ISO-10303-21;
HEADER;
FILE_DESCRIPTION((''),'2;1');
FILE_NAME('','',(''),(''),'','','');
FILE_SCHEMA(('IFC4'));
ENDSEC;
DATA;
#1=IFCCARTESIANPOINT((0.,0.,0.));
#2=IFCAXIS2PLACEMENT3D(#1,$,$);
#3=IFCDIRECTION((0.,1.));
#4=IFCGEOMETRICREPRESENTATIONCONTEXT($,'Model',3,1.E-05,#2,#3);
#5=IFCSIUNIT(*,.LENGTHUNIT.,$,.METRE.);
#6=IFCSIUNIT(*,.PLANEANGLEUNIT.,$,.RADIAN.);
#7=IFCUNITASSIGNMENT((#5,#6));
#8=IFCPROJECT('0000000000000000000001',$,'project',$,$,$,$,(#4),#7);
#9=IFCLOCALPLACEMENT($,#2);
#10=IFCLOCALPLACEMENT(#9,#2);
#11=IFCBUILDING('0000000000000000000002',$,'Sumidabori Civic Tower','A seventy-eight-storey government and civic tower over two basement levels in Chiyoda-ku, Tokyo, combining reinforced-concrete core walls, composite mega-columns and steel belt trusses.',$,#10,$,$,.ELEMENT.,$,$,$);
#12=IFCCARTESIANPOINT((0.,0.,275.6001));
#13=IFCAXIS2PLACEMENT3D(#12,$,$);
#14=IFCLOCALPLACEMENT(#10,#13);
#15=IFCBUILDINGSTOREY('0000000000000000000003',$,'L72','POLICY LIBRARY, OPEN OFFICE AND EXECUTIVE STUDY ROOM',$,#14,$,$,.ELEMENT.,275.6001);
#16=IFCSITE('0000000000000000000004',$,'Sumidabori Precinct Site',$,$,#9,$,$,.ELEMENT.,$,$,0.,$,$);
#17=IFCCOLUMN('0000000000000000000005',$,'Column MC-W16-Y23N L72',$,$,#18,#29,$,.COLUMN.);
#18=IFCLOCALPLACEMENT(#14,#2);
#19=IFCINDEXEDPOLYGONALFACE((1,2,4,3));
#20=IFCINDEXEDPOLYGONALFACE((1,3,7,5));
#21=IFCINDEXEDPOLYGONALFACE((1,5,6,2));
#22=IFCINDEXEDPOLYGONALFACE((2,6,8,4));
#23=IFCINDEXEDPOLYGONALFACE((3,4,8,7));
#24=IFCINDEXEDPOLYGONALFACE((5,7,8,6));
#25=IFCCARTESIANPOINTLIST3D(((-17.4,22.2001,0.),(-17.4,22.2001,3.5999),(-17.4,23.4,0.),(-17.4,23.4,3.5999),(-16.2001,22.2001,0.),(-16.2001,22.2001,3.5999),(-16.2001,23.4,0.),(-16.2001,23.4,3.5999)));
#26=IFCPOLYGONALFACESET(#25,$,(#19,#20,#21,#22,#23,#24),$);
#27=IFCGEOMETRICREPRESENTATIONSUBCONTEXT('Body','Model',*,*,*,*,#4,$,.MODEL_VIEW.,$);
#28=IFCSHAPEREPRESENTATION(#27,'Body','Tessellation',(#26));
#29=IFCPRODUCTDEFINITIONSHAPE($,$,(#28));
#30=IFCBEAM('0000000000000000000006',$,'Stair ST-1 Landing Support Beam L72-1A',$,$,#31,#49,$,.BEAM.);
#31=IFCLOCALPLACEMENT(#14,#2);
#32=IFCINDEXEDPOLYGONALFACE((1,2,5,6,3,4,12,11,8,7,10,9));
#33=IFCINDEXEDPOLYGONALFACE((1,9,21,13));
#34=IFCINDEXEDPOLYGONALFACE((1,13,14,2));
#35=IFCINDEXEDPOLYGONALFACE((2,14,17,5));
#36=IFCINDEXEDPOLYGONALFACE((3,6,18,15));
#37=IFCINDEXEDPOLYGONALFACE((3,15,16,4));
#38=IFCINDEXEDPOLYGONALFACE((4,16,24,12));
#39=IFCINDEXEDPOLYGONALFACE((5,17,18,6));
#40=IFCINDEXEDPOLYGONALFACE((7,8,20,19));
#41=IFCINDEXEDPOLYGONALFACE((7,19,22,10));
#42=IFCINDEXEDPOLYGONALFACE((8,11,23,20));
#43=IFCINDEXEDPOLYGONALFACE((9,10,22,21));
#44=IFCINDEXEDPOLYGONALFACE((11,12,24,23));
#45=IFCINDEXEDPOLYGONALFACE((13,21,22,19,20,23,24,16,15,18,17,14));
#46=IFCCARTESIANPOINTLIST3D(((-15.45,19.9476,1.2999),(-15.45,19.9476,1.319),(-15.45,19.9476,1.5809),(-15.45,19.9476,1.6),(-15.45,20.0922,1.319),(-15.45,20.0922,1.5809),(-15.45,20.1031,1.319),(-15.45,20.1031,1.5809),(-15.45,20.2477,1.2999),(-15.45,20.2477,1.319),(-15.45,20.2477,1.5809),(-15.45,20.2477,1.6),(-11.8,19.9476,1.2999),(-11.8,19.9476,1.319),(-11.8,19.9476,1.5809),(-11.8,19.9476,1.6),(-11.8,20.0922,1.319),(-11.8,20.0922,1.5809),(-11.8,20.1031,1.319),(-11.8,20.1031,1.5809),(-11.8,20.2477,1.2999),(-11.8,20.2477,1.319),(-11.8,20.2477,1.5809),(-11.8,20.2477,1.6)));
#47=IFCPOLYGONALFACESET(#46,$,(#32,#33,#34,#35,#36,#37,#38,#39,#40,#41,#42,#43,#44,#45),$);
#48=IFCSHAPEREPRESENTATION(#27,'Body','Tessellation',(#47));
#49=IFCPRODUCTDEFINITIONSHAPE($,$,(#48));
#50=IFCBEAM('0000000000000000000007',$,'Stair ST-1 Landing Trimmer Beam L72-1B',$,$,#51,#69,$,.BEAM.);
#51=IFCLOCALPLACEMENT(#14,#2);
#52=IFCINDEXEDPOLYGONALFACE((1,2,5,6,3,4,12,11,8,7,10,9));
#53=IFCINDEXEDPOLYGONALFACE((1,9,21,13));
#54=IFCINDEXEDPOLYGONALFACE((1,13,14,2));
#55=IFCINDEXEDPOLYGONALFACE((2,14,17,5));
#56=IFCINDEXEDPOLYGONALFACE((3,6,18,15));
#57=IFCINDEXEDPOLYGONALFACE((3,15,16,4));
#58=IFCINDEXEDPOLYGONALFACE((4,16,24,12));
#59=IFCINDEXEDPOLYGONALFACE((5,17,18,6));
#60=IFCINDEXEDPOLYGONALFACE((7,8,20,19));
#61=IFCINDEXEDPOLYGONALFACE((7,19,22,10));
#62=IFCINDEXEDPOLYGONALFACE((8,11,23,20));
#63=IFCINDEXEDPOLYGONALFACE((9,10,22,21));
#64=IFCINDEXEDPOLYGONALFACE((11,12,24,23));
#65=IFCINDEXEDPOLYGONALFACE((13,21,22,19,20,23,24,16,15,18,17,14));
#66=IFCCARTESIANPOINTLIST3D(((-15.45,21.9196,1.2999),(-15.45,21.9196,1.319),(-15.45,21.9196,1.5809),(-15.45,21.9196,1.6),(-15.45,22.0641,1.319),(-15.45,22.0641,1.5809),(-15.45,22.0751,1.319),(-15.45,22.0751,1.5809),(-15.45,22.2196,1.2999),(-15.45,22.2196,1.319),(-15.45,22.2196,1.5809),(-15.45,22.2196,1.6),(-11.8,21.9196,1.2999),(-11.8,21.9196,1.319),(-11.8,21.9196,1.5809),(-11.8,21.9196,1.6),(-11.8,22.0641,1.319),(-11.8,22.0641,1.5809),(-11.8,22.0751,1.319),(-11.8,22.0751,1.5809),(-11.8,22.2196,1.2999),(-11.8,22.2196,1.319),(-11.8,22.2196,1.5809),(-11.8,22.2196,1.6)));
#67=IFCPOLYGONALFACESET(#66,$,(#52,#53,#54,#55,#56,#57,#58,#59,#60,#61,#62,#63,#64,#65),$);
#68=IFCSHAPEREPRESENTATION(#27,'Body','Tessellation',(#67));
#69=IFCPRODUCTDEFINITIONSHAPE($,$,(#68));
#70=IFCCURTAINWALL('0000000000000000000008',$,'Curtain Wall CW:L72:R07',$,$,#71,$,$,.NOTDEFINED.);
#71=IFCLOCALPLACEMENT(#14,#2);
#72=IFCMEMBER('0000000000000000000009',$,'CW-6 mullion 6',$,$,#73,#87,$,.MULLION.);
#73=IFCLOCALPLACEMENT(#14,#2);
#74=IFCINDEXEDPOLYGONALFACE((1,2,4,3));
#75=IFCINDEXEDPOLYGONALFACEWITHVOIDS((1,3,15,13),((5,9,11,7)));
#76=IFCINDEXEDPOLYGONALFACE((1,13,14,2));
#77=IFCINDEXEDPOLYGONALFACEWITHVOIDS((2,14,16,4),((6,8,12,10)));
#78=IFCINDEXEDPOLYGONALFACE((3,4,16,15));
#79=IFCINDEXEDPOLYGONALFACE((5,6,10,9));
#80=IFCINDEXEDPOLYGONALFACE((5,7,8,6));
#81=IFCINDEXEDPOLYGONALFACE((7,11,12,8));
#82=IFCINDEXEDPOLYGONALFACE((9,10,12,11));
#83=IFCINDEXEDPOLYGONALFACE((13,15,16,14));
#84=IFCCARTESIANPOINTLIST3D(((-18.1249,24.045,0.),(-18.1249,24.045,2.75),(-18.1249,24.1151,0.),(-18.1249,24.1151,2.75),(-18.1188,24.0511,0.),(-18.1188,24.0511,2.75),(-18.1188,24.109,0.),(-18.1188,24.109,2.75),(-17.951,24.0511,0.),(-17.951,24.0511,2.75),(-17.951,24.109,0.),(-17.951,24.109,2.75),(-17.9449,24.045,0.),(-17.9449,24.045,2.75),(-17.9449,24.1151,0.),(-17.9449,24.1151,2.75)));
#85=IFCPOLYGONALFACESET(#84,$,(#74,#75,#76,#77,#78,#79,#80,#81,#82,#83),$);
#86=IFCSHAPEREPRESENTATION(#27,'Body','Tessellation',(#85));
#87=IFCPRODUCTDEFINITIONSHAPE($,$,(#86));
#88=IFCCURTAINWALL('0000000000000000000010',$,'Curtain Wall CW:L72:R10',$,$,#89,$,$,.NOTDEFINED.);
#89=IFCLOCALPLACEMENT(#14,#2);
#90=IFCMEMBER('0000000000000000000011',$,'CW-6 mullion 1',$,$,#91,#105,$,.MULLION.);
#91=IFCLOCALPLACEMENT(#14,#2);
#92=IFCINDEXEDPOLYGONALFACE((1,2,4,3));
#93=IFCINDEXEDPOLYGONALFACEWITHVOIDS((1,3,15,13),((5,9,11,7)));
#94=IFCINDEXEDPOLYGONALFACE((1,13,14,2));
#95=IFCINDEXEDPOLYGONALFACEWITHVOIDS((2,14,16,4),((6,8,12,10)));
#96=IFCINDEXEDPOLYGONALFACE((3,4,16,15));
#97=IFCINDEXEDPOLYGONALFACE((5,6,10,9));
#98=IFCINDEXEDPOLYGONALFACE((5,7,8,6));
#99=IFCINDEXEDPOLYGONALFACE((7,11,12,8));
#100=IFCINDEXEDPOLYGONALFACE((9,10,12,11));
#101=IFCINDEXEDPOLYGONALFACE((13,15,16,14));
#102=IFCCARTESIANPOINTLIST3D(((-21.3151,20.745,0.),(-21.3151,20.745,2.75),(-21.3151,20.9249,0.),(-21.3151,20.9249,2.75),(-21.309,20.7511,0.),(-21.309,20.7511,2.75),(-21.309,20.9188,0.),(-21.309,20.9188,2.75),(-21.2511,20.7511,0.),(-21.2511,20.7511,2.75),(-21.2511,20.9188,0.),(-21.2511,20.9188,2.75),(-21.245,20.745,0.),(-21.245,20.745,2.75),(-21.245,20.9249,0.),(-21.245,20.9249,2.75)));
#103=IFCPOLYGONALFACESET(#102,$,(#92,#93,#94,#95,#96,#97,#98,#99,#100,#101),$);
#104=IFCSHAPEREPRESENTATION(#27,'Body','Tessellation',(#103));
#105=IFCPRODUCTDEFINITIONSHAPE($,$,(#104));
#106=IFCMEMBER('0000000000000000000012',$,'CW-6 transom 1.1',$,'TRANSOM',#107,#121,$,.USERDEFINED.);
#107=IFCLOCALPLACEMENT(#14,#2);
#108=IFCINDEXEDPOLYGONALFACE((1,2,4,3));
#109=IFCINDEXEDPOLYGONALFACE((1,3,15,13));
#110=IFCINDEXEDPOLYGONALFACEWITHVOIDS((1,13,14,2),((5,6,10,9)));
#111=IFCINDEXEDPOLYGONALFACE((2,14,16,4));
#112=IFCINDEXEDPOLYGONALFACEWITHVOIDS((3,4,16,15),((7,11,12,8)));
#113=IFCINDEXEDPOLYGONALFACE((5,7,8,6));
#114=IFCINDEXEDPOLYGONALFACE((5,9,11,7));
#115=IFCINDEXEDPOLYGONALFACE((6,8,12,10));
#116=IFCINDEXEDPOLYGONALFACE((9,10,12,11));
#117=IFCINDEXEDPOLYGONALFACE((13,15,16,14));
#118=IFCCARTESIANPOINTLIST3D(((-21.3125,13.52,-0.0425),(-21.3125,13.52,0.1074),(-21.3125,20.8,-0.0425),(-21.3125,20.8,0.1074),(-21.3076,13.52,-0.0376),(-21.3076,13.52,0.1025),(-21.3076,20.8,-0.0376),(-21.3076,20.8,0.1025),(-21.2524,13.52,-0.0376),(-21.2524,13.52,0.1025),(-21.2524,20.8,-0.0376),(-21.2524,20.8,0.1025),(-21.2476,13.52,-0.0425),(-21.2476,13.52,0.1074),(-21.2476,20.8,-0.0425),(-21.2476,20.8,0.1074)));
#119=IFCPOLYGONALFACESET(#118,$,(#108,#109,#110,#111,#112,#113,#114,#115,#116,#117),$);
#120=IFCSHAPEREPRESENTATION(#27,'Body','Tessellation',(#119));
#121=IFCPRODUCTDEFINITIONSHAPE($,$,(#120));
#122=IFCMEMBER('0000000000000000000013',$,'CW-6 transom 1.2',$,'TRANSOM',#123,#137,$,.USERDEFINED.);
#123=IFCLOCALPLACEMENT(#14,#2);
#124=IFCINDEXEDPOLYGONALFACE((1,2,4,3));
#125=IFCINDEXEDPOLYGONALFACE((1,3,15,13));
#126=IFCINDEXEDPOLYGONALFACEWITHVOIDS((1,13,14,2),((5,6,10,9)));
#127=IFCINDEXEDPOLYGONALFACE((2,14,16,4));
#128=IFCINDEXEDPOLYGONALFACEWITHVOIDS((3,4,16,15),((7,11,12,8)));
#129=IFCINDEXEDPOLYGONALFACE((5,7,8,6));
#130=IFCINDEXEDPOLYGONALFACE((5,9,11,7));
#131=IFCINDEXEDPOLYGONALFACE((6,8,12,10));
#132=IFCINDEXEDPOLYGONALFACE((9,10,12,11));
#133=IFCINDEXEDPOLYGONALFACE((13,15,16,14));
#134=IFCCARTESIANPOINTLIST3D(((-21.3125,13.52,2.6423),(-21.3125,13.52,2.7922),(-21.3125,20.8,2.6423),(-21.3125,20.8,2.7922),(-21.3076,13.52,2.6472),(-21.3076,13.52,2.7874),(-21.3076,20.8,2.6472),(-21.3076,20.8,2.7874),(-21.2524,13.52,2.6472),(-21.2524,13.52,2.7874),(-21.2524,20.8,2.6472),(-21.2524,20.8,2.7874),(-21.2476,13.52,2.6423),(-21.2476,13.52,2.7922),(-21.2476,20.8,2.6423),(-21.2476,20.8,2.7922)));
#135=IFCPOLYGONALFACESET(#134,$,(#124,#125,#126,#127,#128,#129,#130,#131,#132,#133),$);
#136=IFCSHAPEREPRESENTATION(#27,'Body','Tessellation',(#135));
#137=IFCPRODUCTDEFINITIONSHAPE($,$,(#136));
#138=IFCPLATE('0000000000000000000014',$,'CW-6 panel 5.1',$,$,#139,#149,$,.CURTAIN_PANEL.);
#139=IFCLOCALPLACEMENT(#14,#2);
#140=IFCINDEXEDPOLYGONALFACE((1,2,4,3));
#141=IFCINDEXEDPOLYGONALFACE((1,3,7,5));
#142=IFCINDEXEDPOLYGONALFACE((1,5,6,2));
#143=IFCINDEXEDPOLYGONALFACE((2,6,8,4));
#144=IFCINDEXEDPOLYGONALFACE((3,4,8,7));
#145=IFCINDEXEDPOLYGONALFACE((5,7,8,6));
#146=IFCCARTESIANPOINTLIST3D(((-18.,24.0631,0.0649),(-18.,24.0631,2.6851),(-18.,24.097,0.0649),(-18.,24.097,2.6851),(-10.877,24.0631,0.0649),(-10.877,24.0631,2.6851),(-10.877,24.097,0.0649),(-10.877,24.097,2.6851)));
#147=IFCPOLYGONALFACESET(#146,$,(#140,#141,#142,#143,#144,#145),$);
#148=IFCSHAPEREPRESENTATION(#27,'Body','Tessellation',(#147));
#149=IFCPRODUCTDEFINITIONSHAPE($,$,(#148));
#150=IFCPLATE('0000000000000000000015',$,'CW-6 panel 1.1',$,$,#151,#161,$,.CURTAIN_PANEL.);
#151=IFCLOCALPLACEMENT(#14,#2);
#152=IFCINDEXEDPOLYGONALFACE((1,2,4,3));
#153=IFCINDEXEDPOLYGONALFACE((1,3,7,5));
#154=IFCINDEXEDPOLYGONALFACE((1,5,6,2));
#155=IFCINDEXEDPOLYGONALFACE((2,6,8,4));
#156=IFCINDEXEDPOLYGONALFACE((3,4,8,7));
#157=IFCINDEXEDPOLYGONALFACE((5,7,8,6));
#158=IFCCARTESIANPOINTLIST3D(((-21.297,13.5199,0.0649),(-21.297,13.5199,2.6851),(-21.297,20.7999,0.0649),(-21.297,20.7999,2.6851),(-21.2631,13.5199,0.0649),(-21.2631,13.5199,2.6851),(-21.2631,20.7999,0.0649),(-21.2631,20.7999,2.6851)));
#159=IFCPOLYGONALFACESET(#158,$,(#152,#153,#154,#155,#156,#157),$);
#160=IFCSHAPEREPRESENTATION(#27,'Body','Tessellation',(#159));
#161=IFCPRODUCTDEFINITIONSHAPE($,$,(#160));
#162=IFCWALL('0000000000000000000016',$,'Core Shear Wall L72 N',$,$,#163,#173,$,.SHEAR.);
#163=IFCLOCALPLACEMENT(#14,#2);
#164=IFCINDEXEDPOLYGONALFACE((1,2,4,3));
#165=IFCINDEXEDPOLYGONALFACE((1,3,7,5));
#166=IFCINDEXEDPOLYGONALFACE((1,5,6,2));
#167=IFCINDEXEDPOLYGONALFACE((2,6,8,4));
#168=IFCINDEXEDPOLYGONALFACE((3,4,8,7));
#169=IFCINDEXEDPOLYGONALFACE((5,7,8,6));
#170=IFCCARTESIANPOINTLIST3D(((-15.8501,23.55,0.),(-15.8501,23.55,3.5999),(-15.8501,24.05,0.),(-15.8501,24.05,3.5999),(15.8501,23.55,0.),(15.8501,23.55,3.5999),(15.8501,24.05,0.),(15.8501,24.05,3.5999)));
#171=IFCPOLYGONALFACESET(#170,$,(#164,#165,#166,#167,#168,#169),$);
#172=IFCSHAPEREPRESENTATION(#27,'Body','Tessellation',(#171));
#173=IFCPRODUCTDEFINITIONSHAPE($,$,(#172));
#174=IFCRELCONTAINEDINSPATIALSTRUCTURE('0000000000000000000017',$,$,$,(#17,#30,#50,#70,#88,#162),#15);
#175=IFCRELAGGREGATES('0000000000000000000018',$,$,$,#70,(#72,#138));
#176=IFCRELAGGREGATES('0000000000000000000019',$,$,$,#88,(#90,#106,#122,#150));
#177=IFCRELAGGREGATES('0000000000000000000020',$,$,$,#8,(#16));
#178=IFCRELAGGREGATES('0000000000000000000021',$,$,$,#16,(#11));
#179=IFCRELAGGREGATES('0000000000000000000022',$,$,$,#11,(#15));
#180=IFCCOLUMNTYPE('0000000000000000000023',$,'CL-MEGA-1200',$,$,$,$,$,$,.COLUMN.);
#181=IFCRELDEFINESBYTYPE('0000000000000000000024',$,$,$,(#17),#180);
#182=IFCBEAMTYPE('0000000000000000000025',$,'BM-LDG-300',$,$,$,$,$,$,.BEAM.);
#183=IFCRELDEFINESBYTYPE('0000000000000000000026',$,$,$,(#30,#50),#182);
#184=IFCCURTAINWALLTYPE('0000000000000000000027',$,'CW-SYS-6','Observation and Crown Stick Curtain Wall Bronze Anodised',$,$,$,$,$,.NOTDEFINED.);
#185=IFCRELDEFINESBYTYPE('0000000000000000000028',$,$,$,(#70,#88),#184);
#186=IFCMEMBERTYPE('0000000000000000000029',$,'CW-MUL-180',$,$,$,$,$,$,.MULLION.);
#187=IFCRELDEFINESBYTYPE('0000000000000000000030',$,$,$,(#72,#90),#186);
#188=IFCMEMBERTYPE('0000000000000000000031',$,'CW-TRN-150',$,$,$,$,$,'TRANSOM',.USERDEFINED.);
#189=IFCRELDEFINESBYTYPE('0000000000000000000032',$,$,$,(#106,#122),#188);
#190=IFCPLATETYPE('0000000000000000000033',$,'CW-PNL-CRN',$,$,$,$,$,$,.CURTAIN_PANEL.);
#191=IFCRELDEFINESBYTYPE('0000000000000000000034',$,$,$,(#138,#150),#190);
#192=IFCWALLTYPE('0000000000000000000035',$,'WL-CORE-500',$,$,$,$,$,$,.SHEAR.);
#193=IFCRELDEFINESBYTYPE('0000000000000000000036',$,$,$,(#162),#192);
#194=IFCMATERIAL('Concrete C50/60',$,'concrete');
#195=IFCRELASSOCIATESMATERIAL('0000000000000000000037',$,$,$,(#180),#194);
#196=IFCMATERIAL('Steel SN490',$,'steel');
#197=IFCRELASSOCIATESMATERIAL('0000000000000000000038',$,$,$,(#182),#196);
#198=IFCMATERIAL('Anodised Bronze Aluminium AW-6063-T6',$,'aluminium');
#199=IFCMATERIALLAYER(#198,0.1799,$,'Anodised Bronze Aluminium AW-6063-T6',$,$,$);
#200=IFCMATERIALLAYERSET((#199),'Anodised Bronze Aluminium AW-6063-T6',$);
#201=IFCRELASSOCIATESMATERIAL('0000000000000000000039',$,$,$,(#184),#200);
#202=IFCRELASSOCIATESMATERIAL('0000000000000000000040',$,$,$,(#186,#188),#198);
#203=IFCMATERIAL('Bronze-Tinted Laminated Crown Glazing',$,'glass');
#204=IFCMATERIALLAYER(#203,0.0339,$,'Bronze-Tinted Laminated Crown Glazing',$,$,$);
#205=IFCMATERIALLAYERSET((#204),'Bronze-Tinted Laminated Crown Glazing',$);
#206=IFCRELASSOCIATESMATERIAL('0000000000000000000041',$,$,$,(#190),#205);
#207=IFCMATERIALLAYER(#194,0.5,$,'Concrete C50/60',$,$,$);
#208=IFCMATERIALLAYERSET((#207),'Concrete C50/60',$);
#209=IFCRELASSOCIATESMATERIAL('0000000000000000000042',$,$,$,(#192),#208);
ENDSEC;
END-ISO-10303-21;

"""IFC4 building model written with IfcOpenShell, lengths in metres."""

from ifc_helpers import new_model, si_unit, direction, frame, frame_2d, origin, origin_2d, place, context, subcontext, project, spatial, rectangle, hollow_rectangle, i_section, extrude, source, transform, mapped, material, layer, layer_set, material_profile, profile_set, type_object, element, aggregate, save


model = new_model("IFC4")

# Units and contexts
model_context = context("Model", 3, precision=1e-05, world=origin(), true_north=direction((0.0, 1.0)))
body_context = subcontext(model_context, "Body", "Model", "MODEL_VIEW")
ifc_project = project(units=[si_unit("LENGTHUNIT", "METRE"), si_unit("PLANEANGLEUNIT", "RADIAN")], contexts=[model_context])

# Site, building, storey
site_placement = place(None, origin())
site = spatial("IfcSite", under=ifc_project, at=site_placement, Name="Sumidabori Precinct Site", CompositionType="ELEMENT", RefElevation=0.0)
building_placement = place(site_placement, origin())
building = spatial("IfcBuilding", under=site, at=building_placement, Name="Sumidabori Civic Tower", Description="A seventy-eight-storey government and civic tower over two basement levels in Chiyoda-ku, Tokyo, combining reinforced-concrete core walls, composite mega-columns and steel belt trusses.", CompositionType="ELEMENT")
storey_placement = place(building_placement, frame((0.0, 0.0, 275.6001)))
storey = spatial("IfcBuildingStorey", under=building, at=storey_placement, Name="L72", Description="POLICY LIBRARY, OPEN OFFICE AND EXECUTIVE STUDY ROOM", CompositionType="ELEMENT", Elevation=275.6001)

# Column
ifc_material_1 = material(Name="Concrete C50/60", Category="concrete")
ifc_material_profile_1 = material_profile(ifc_material_1, rectangle(XDim=1.2, YDim=1.2, at=origin_2d()), Name="RC 1200x1200")
ifc_profile_set_1 = profile_set([ifc_material_profile_1], Name="Concrete C50/60")
column_type = type_object("IfcColumnType", Name="CL-MEGA-1200", PredefinedType="COLUMN", material=ifc_profile_set_1)
shared_shape_1 = source(origin(), body_context, "Body", "SweptSolid", [
    extrude(rectangle(XDim=1.2, YDim=1.2, at=origin_2d()), origin(), (0.0, 0.0, 1.0), 3.5999),
])
column_placement = place(storey_placement, frame((-16.8, 22.8, 0.0), z_axis=(0.0, 0.0, 1.0), x_axis=(1.0, 0.0, 0.0)))
element("IfcColumn", 1, at=column_placement, inside=storey, type_object=column_type, Name="Column MC-W16-Y23N L72", PredefinedType="COLUMN", context=body_context, shape_type="MappedRepresentation", body=[
    mapped(shared_shape_1, transform((0.0, 0.0, 0.0), x_axis=(1.0, 0.0, 0.0), y_axis=(0.0, 1.0, 0.0), z_axis=(0.0, 0.0, 1.0), scale=1.0)),
])

# Beams
ifc_material_2 = material(Name="Steel SN490", Category="steel")
ifc_material_profile_2 = material_profile(ifc_material_2, i_section(OverallWidth=0.3, OverallDepth=0.3, WebThickness=0.011, FlangeThickness=0.019, at=origin_2d()), Name="HE 300 B")
ifc_profile_set_2 = profile_set([ifc_material_profile_2], Name="Steel SN490")
beam_type = type_object("IfcBeamType", Name="BM-LDG-300", PredefinedType="BEAM", material=ifc_profile_set_2)
shared_shape_2 = source(origin(), body_context, "Body", "SweptSolid", [
    extrude(i_section(OverallWidth=0.3, OverallDepth=0.3, WebThickness=0.011, FlangeThickness=0.019, at=origin_2d()), origin(), (0.0, 0.0, 1.0), 3.6499),
])
for number, where, z_axis, x_axis, name in (
    (2, (-15.45, 20.0977, 1.45), (1.0, 0.0, 0.0), (0.0, 1.0, 0.0), "Stair ST-1 Landing Support Beam L72-1A"),
    (3, (-15.45, 22.0696, 1.45), (1.0, 0.0, 0.0), (0.0, 1.0, 0.0), "Stair ST-1 Landing Trimmer Beam L72-1B"),
):
    element("IfcBeam", number, at=place(storey_placement, frame(where, z_axis=z_axis, x_axis=x_axis)), inside=storey, type_object=beam_type, Name=name, PredefinedType="BEAM", context=body_context, shape_type="MappedRepresentation", body=[
        mapped(shared_shape_2, transform((0.0, 0.0, 0.0), x_axis=(1.0, 0.0, 0.0), y_axis=(0.0, 1.0, 0.0), z_axis=(0.0, 0.0, 1.0), scale=1.0)),
    ])

# Curtain wall, member
ifc_material_3 = material(Name="Anodised Bronze Aluminium AW-6063-T6", Category="aluminium")
ifc_layer_1 = layer(ifc_material_3, 0.1799, Name="Anodised Bronze Aluminium AW-6063-T6")
ifc_layer_set_1 = layer_set([ifc_layer_1], Name="Anodised Bronze Aluminium AW-6063-T6")
curtain_wall_type = type_object("IfcCurtainWallType", Name="CW-SYS-6", Description="Observation and Crown Stick Curtain Wall Bronze Anodised", PredefinedType="NOTDEFINED", material=ifc_layer_set_1)
curtain_wall_1_placement = place(storey_placement, origin())
curtain_wall_1 = element("IfcCurtainWall", 4, at=curtain_wall_1_placement, inside=storey, type_object=curtain_wall_type, Name="Curtain Wall CW:L72:R07", PredefinedType="NOTDEFINED")
ifc_material_profile_3 = material_profile(ifc_material_3, hollow_rectangle(XDim=0.0701, YDim=0.1799, WallThickness=0.0061, at=origin_2d()), Name="ALU MULLION 180x70")
ifc_profile_set_3 = profile_set([ifc_material_profile_3], Name="Anodised Bronze Aluminium AW-6063-T6")
member_type_1 = type_object("IfcMemberType", Name="CW-MUL-180", PredefinedType="MULLION", material=ifc_profile_set_3)
shared_shape_3 = source(origin(), body_context, "Body", "SweptSolid", [
    extrude(hollow_rectangle(XDim=0.0701, YDim=0.1799, WallThickness=0.0061, at=origin_2d()), origin(), (0.0, 0.0, 1.0), 2.75),
])
member_1_placement = place(storey_placement, frame((-18.0349, 24.0801, 0.0), z_axis=(0.0, 0.0, 1.0), x_axis=(0.0, -1.0, 0.0)))
member_1 = element("IfcMember", 5, at=member_1_placement, type_object=member_type_1, Name="CW-6 mullion 6", PredefinedType="MULLION", context=body_context, shape_type="MappedRepresentation", body=[
    mapped(shared_shape_3, transform((0.0, 0.0, 0.0), x_axis=(1.0, 0.0, 0.0), y_axis=(0.0, 1.0, 0.0), z_axis=(0.0, 0.0, 1.0), scale=1.0)),
])

# Curtain wall, members
curtain_wall_2_placement = place(storey_placement, origin())
curtain_wall_2 = element("IfcCurtainWall", 6, at=curtain_wall_2_placement, inside=storey, type_object=curtain_wall_type, Name="Curtain Wall CW:L72:R10", PredefinedType="NOTDEFINED")
member_2_placement = place(storey_placement, frame((-21.28, 20.835, 0.0), z_axis=(0.0, 0.0, 1.0), x_axis=(1.0, 0.0, 0.0)))
member_2 = element("IfcMember", 7, at=member_2_placement, type_object=member_type_1, Name="CW-6 mullion 1", PredefinedType="MULLION", context=body_context, shape_type="MappedRepresentation", body=[
    mapped(shared_shape_3, transform((0.0, 0.0, 0.0), x_axis=(1.0, 0.0, 0.0), y_axis=(0.0, 1.0, 0.0), z_axis=(0.0, 0.0, 1.0), scale=1.0)),
])
ifc_material_profile_4 = material_profile(ifc_material_3, hollow_rectangle(XDim=0.0649, YDim=0.1499, WallThickness=0.0049, at=origin_2d()), Name="ALU TRANSOM 150x65")
ifc_profile_set_4 = profile_set([ifc_material_profile_4], Name="Anodised Bronze Aluminium AW-6063-T6")
member_type_2 = type_object("IfcMemberType", Name="CW-TRN-150", ElementType="TRANSOM", PredefinedType="USERDEFINED", material=ifc_profile_set_4)
shared_shape_4 = source(origin(), body_context, "Body", "SweptSolid", [
    extrude(hollow_rectangle(XDim=0.0649, YDim=0.1499, WallThickness=0.0049, at=origin_2d()), origin(), (0.0, 0.0, 1.0), 7.28),
])
member_3_placement = place(storey_placement, frame((-21.28, 20.8, 0.0325), z_axis=(0.0, -1.0, 0.0), x_axis=(1.0, 0.0, 0.0)))
member_3 = element("IfcMember", 8, at=member_3_placement, type_object=member_type_2, Name="CW-6 transom 1.1", ObjectType="TRANSOM", PredefinedType="USERDEFINED", context=body_context, shape_type="MappedRepresentation", body=[
    mapped(shared_shape_4, transform((0.0, 0.0, 0.0), x_axis=(1.0, 0.0, 0.0), y_axis=(0.0, 1.0, 0.0), z_axis=(0.0, 0.0, 1.0), scale=1.0)),
])
member_4_placement = place(storey_placement, frame((-21.28, 20.8, 2.7173), z_axis=(0.0, -1.0, 0.0), x_axis=(1.0, 0.0, 0.0)))
member_4 = element("IfcMember", 9, at=member_4_placement, type_object=member_type_2, Name="CW-6 transom 1.2", ObjectType="TRANSOM", PredefinedType="USERDEFINED", context=body_context, shape_type="MappedRepresentation", body=[
    mapped(shared_shape_4, transform((0.0, 0.0, 0.0), x_axis=(1.0, 0.0, 0.0), y_axis=(0.0, 1.0, 0.0), z_axis=(0.0, 0.0, 1.0), scale=1.0)),
])

# Plates
ifc_material_4 = material(Name="Bronze-Tinted Laminated Crown Glazing", Category="glass")
ifc_layer_2 = layer(ifc_material_4, 0.0339, Name="Bronze-Tinted Laminated Crown Glazing")
ifc_layer_set_2 = layer_set([ifc_layer_2], Name="Bronze-Tinted Laminated Crown Glazing")
plate_type = type_object("IfcPlateType", Name="CW-PNL-CRN", PredefinedType="CURTAIN_PANEL", material=ifc_layer_set_2)
shared_shape_5 = source(origin(), body_context, "Body", "SweptSolid", [
    extrude(rectangle(XDim=7.123, YDim=0.0339, at=origin_2d()), origin(), (0.0, 0.0, 1.0), 2.6201),
])
plate_1_placement = place(storey_placement, frame((-14.4385, 24.0801, 0.0649), z_axis=(0.0, 0.0, 1.0), x_axis=(-1.0, 0.0, 0.0)))
plate_1 = element("IfcPlate", 10, at=plate_1_placement, type_object=plate_type, Name="CW-6 panel 5.1", PredefinedType="CURTAIN_PANEL", context=body_context, shape_type="MappedRepresentation", body=[
    mapped(shared_shape_5, transform((0.0, 0.0, 0.0), x_axis=(1.0, 0.0, 0.0), y_axis=(0.0, 1.0, 0.0), z_axis=(0.0, 0.0, 1.0), scale=1.0)),
])
aggregate(curtain_wall_1, [member_1, plate_1])
shared_shape_6 = source(origin(), body_context, "Body", "SweptSolid", [
    extrude(rectangle(XDim=7.28, YDim=0.0339, at=origin_2d()), origin(), (0.0, 0.0, 1.0), 2.6201),
])
plate_2_placement = place(storey_placement, frame((-21.28, 17.1599, 0.0649), z_axis=(0.0, 0.0, 1.0), x_axis=(0.0, -1.0, 0.0)))
plate_2 = element("IfcPlate", 11, at=plate_2_placement, type_object=plate_type, Name="CW-6 panel 1.1", PredefinedType="CURTAIN_PANEL", context=body_context, shape_type="MappedRepresentation", body=[
    mapped(shared_shape_6, transform((0.0, 0.0, 0.0), x_axis=(1.0, 0.0, 0.0), y_axis=(0.0, 1.0, 0.0), z_axis=(0.0, 0.0, 1.0), scale=1.0)),
])
aggregate(curtain_wall_2, [member_2, member_3, member_4, plate_2])

# Wall
ifc_layer_3 = layer(ifc_material_1, 0.5, Name="Concrete C50/60")
ifc_layer_set_3 = layer_set([ifc_layer_3], Name="Concrete C50/60")
wall_type_1 = type_object("IfcWallType", Name="WL-CORE-500", PredefinedType="SHEAR", material=ifc_layer_set_3)
shared_shape_7 = source(origin(), body_context, "Body", "SweptSolid", [
    extrude(rectangle(XDim=31.7002, YDim=0.5, at=frame_2d((15.8501, 0.0))), origin(), (0.0, 0.0, 1.0), 3.5999),
])
wall_1_placement = place(storey_placement, frame((-15.8501, 23.8, 0.0), z_axis=(0.0, 0.0, 1.0), x_axis=(1.0, 0.0, 0.0)))
element("IfcWall", 12, at=wall_1_placement, inside=storey, type_object=wall_type_1, Name="Core Shear Wall L72 N", PredefinedType="SHEAR", context=body_context, shape_type="MappedRepresentation", body=[
    mapped(shared_shape_7, transform((0.0, 0.0, 0.0), x_axis=(1.0, 0.0, 0.0), y_axis=(0.0, 1.0, 0.0), z_axis=(0.0, 0.0, 1.0), scale=1.0)),
])

save(model, "model.ifc")
